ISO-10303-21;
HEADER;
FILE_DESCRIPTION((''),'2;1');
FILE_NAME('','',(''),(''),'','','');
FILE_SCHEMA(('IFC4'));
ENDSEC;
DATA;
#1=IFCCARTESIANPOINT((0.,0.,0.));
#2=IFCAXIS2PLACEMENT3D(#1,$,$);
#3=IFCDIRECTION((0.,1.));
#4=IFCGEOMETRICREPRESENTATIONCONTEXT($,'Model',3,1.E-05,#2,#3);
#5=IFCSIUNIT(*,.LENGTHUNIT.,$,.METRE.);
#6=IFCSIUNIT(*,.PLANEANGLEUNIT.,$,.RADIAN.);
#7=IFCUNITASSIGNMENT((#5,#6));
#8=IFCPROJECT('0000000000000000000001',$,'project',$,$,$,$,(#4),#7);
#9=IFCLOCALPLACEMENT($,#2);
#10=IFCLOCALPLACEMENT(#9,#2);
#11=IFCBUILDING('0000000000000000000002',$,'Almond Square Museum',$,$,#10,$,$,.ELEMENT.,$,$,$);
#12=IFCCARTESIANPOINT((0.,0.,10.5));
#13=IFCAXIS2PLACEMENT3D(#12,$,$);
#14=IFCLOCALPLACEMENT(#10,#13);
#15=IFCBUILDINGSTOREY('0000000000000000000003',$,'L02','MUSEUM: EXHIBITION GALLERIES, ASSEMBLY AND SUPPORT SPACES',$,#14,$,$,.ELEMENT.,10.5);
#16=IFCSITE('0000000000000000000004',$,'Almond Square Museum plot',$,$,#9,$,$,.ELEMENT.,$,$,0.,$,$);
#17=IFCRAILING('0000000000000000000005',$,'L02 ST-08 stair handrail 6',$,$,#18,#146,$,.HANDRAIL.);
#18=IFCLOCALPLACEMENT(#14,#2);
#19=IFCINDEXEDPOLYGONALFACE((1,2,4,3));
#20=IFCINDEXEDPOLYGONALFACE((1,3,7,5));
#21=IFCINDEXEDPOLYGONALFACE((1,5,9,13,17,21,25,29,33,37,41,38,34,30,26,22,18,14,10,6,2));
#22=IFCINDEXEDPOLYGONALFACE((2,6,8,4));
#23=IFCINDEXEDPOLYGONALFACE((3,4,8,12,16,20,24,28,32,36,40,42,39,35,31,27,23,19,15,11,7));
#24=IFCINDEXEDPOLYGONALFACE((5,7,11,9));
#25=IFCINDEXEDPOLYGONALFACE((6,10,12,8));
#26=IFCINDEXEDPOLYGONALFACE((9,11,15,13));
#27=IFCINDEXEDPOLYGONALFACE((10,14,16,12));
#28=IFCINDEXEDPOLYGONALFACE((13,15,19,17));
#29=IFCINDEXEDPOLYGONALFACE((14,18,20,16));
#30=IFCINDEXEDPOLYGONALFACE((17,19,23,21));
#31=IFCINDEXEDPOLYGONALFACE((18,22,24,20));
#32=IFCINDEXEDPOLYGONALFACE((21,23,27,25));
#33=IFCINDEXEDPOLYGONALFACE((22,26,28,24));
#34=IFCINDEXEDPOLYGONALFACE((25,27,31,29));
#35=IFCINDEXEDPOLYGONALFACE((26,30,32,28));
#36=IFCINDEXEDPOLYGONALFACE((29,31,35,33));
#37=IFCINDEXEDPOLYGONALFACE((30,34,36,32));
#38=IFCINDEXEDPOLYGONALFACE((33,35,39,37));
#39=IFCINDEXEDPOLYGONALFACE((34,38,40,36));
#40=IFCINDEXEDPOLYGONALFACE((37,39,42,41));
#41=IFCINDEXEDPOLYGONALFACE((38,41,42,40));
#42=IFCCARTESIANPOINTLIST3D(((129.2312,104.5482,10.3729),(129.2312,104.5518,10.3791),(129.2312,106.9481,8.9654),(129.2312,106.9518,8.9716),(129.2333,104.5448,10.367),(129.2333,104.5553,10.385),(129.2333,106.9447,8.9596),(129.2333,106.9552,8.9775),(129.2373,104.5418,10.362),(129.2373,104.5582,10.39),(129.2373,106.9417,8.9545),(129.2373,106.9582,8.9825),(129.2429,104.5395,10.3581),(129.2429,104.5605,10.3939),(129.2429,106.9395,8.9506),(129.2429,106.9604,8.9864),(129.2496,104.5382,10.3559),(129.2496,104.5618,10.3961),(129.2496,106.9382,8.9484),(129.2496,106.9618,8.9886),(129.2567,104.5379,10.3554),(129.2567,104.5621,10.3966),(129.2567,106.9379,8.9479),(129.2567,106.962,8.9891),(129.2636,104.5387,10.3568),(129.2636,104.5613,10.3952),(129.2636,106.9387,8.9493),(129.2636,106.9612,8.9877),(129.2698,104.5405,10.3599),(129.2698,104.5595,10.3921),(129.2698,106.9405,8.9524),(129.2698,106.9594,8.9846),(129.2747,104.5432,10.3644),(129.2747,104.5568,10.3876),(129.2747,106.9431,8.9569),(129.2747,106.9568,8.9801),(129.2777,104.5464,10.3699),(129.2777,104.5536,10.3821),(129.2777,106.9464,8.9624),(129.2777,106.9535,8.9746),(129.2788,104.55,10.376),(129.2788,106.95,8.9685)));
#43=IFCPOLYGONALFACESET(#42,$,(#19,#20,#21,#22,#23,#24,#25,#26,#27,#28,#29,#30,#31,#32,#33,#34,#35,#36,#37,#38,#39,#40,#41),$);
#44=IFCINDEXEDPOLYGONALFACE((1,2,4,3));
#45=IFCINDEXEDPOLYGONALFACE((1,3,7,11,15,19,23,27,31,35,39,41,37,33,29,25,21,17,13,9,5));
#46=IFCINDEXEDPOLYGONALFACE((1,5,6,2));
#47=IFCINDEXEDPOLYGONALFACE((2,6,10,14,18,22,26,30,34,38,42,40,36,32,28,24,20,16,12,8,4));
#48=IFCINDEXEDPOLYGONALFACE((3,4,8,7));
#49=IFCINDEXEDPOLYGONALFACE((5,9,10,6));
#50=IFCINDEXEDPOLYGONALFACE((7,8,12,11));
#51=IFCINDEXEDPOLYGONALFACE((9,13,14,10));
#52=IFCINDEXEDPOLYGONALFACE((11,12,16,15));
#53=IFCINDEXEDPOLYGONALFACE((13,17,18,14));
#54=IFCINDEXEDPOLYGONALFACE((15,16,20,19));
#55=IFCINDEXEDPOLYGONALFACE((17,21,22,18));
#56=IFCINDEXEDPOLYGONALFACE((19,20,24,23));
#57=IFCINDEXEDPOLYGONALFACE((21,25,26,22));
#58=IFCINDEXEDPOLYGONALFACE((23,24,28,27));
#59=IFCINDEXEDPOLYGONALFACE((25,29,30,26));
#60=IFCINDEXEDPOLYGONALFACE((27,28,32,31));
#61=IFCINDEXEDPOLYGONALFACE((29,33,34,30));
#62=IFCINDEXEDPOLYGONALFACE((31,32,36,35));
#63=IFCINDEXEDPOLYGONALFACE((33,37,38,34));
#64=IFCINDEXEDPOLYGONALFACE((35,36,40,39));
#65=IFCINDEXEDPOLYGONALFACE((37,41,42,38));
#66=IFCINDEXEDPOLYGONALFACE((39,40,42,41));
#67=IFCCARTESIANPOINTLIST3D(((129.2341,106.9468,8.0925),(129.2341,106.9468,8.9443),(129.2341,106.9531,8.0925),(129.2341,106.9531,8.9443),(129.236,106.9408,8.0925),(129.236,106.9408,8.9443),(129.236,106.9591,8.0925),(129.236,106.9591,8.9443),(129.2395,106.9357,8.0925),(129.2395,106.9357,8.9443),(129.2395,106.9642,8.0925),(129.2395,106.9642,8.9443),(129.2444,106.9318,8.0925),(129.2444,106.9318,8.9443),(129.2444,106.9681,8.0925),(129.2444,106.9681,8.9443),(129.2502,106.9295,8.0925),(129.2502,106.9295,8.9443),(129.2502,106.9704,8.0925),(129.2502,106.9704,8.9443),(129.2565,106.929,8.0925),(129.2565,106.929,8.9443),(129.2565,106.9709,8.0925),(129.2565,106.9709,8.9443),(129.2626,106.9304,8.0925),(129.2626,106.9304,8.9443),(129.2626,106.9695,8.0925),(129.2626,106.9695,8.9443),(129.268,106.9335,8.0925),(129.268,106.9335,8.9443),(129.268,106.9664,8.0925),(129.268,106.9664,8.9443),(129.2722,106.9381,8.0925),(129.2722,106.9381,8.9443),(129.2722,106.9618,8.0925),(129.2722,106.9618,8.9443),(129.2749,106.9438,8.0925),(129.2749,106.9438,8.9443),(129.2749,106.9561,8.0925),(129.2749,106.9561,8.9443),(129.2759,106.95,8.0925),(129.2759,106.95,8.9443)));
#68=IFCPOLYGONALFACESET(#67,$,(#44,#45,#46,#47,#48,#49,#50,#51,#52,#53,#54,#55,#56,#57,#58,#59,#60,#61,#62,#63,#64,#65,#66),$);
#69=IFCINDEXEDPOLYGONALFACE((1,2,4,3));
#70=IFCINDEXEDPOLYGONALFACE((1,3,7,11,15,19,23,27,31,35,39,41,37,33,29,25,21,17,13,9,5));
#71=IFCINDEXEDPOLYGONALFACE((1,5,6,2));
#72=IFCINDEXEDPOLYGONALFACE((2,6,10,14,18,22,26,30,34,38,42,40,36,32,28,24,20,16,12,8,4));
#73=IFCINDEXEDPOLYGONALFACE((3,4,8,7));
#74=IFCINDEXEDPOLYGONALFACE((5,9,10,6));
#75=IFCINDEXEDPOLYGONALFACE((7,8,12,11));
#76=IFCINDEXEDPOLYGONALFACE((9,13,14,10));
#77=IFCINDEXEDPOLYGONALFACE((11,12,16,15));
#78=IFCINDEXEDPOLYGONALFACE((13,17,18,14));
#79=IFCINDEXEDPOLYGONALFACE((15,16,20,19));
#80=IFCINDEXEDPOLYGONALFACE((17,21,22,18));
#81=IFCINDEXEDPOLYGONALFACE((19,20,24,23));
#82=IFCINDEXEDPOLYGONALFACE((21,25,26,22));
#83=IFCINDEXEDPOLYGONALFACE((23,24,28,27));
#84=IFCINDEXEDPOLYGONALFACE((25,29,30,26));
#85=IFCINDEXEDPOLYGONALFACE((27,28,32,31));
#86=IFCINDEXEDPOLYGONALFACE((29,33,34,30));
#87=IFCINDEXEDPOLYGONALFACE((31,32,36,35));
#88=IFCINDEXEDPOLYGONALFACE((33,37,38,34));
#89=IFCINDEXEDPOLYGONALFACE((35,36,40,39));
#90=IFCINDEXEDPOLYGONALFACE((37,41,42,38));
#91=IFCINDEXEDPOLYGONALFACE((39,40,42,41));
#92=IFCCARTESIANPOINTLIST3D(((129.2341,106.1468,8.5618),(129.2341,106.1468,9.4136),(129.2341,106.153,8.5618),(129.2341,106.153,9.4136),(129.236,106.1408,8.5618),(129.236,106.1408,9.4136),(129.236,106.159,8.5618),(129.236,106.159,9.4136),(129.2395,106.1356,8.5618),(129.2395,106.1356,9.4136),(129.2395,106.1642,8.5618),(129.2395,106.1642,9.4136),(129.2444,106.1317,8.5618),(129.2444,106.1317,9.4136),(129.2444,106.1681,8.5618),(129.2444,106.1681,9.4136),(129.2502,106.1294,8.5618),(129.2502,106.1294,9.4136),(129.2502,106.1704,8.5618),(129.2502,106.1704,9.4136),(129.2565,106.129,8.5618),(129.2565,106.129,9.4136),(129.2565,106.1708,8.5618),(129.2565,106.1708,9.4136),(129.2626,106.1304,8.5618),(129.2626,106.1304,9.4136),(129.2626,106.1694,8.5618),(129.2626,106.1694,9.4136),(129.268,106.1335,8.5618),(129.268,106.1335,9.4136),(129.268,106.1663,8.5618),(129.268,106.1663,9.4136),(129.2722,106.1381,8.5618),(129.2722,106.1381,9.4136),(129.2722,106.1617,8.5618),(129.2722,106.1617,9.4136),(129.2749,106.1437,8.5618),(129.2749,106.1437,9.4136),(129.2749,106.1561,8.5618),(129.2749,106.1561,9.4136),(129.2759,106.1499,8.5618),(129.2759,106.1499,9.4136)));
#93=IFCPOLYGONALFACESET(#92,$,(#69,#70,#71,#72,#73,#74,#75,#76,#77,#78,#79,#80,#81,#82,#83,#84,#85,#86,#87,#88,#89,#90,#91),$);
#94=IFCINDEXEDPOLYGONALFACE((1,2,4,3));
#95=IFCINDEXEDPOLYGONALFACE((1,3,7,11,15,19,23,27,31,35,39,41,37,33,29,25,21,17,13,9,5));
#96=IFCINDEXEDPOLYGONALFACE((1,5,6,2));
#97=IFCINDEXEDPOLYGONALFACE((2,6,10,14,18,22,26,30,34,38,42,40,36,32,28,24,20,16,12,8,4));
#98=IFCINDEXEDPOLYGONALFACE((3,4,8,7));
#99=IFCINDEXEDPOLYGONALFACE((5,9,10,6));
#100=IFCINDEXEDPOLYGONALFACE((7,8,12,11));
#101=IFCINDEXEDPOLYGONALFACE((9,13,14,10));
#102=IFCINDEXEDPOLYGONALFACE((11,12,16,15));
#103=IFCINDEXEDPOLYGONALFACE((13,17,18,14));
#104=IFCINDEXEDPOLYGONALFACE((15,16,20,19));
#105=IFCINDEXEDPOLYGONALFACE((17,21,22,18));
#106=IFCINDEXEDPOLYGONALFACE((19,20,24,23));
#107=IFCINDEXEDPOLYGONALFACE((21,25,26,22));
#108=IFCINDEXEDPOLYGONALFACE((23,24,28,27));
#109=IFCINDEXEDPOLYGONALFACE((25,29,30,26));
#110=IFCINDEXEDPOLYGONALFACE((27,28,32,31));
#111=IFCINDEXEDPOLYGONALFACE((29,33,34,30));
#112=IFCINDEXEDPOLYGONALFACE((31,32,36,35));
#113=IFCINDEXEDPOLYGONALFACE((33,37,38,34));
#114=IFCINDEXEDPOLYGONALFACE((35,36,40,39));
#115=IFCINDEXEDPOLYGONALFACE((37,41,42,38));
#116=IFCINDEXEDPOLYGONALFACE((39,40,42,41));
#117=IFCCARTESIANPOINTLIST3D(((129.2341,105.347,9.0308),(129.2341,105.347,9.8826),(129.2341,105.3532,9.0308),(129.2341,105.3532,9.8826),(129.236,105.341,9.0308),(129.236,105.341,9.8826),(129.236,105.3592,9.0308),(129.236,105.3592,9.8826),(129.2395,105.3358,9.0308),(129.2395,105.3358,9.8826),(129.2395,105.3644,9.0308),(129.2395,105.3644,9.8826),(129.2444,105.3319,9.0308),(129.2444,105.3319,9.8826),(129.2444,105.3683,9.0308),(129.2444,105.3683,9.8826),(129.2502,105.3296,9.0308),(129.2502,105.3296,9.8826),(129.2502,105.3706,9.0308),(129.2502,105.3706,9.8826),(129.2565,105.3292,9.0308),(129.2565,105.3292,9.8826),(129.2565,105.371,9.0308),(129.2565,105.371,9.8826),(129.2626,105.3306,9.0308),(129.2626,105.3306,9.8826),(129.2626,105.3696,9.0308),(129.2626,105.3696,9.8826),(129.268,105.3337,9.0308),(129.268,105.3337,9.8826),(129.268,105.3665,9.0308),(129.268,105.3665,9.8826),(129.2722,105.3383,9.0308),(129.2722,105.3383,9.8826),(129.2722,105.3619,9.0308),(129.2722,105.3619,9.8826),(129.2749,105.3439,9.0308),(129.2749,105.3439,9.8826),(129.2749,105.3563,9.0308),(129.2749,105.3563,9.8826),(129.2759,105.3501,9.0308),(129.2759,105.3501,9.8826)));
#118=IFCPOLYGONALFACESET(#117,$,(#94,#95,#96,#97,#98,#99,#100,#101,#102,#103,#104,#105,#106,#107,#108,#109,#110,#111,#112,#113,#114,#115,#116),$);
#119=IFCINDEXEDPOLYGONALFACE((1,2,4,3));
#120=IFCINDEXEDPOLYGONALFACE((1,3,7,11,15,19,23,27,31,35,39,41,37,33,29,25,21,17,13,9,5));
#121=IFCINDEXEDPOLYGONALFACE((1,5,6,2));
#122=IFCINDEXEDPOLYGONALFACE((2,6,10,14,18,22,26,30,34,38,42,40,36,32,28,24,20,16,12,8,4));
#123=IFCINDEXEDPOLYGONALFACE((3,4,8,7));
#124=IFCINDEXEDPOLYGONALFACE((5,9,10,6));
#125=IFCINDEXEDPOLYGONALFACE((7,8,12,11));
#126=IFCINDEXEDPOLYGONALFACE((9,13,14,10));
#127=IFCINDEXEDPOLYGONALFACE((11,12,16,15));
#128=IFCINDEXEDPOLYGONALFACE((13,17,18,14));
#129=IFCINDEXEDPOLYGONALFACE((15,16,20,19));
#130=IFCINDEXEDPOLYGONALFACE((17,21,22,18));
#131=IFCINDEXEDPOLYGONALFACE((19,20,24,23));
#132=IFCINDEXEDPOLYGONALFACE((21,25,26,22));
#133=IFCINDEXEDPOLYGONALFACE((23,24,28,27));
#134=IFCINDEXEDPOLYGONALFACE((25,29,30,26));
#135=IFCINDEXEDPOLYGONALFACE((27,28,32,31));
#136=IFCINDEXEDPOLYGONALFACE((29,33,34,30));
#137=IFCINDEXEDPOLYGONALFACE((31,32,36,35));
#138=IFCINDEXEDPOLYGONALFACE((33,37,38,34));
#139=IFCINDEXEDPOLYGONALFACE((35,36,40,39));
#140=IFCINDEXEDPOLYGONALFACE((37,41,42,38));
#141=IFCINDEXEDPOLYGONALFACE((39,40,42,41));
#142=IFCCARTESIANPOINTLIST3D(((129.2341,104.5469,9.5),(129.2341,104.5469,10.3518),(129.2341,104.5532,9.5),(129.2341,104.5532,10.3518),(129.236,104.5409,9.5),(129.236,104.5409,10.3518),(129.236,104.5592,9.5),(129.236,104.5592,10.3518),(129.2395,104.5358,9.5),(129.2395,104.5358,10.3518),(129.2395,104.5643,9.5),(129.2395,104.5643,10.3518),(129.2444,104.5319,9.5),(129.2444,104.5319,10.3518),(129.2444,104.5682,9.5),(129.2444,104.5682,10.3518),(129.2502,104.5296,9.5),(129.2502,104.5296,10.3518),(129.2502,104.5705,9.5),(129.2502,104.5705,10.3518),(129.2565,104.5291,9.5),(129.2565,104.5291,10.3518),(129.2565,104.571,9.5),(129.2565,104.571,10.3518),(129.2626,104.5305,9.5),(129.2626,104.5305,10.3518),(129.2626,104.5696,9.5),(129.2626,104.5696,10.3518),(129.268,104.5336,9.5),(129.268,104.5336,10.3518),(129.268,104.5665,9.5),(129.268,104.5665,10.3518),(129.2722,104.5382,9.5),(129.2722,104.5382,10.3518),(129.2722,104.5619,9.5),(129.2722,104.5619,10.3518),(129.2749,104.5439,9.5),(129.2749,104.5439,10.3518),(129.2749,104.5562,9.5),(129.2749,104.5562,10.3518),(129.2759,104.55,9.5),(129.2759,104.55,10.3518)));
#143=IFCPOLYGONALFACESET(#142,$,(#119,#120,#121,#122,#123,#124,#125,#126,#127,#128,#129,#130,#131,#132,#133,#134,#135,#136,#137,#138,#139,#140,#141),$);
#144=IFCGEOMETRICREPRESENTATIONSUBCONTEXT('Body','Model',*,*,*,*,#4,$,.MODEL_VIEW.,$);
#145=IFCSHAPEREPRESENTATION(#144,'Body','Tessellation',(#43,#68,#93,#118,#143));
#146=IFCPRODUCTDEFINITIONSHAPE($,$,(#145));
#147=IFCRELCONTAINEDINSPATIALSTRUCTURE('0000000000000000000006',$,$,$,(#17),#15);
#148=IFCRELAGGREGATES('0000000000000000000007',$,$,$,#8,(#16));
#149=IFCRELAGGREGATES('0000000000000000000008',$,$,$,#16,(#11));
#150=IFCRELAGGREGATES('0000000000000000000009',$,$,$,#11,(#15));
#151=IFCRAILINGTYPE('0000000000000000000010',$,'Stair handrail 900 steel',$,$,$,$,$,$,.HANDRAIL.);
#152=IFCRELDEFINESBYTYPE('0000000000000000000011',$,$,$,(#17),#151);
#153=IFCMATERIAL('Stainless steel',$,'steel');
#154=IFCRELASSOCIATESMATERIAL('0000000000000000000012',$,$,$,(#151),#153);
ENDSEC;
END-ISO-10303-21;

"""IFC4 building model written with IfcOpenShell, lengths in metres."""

from ifc_helpers import new_model, si_unit, direction, frame, origin, origin_2d, place, context, subcontext, project, spatial, circle, extrude, material, type_object, element, save


model = new_model("IFC4")

# Units and contexts
model_context = context("Model", 3, precision=1e-05, world=origin(), true_north=direction((0.0, 1.0)))
body_context = subcontext(model_context, "Body", "Model", "MODEL_VIEW")
ifc_project = project(units=[si_unit("LENGTHUNIT", "METRE"), si_unit("PLANEANGLEUNIT", "RADIAN")], contexts=[model_context])

# Site, building, storey
site_placement = place(None, origin())
site = spatial("IfcSite", under=ifc_project, at=site_placement, Name="Almond Square Museum plot", CompositionType="ELEMENT", RefElevation=0.0)
building_placement = place(site_placement, origin())
building = spatial("IfcBuilding", under=site, at=building_placement, Name="Almond Square Museum", CompositionType="ELEMENT")
storey_placement = place(building_placement, frame((0.0, 0.0, 10.5)))
storey = spatial("IfcBuildingStorey", under=building, at=storey_placement, Name="L02", Description="MUSEUM: EXHIBITION GALLERIES, ASSEMBLY AND SUPPORT SPACES", CompositionType="ELEMENT", Elevation=10.5)

# Railing
ifc_material_1 = material(Name="Stainless steel", Category="steel")
railing_type_1 = type_object("IfcRailingType", Name="Stair handrail 900 steel", PredefinedType="HANDRAIL", material=ifc_material_1)
railing_1_placement = place(storey_placement, frame((129.2549, 106.95, 8.0925)))
element("IfcRailing", 1, at=railing_1_placement, inside=storey, type_object=railing_type_1, Name="L02 ST-08 stair handrail 6", PredefinedType="HANDRAIL", context=body_context, shape_type="SweptSolid", body=[
    extrude(circle(Radius=0.0239, at=origin_2d()), frame((0.0, 0.0, 0.876), z_axis=(0.0, -0.862599, 0.505888), x_axis=(1.0, 0.0, 0.0)), (0.0, 0.0, 1.0), 2.7822),
    extrude(circle(Radius=0.021, at=origin_2d()), origin(), (0.0, 0.0, 1.0), 0.8518),
    extrude(circle(Radius=0.021, at=origin_2d()), frame((0.0, -0.8, 0.4692)), (0.0, 0.0, 1.0), 0.8518),
    extrude(circle(Radius=0.021, at=origin_2d()), frame((0.0, -1.5999, 0.9382)), (0.0, 0.0, 1.0), 0.8518),
    extrude(circle(Radius=0.021, at=origin_2d()), frame((0.0, -2.3999, 1.4075)), (0.0, 0.0, 1.0), 0.8518),
])

save(model, "model.ifc")
